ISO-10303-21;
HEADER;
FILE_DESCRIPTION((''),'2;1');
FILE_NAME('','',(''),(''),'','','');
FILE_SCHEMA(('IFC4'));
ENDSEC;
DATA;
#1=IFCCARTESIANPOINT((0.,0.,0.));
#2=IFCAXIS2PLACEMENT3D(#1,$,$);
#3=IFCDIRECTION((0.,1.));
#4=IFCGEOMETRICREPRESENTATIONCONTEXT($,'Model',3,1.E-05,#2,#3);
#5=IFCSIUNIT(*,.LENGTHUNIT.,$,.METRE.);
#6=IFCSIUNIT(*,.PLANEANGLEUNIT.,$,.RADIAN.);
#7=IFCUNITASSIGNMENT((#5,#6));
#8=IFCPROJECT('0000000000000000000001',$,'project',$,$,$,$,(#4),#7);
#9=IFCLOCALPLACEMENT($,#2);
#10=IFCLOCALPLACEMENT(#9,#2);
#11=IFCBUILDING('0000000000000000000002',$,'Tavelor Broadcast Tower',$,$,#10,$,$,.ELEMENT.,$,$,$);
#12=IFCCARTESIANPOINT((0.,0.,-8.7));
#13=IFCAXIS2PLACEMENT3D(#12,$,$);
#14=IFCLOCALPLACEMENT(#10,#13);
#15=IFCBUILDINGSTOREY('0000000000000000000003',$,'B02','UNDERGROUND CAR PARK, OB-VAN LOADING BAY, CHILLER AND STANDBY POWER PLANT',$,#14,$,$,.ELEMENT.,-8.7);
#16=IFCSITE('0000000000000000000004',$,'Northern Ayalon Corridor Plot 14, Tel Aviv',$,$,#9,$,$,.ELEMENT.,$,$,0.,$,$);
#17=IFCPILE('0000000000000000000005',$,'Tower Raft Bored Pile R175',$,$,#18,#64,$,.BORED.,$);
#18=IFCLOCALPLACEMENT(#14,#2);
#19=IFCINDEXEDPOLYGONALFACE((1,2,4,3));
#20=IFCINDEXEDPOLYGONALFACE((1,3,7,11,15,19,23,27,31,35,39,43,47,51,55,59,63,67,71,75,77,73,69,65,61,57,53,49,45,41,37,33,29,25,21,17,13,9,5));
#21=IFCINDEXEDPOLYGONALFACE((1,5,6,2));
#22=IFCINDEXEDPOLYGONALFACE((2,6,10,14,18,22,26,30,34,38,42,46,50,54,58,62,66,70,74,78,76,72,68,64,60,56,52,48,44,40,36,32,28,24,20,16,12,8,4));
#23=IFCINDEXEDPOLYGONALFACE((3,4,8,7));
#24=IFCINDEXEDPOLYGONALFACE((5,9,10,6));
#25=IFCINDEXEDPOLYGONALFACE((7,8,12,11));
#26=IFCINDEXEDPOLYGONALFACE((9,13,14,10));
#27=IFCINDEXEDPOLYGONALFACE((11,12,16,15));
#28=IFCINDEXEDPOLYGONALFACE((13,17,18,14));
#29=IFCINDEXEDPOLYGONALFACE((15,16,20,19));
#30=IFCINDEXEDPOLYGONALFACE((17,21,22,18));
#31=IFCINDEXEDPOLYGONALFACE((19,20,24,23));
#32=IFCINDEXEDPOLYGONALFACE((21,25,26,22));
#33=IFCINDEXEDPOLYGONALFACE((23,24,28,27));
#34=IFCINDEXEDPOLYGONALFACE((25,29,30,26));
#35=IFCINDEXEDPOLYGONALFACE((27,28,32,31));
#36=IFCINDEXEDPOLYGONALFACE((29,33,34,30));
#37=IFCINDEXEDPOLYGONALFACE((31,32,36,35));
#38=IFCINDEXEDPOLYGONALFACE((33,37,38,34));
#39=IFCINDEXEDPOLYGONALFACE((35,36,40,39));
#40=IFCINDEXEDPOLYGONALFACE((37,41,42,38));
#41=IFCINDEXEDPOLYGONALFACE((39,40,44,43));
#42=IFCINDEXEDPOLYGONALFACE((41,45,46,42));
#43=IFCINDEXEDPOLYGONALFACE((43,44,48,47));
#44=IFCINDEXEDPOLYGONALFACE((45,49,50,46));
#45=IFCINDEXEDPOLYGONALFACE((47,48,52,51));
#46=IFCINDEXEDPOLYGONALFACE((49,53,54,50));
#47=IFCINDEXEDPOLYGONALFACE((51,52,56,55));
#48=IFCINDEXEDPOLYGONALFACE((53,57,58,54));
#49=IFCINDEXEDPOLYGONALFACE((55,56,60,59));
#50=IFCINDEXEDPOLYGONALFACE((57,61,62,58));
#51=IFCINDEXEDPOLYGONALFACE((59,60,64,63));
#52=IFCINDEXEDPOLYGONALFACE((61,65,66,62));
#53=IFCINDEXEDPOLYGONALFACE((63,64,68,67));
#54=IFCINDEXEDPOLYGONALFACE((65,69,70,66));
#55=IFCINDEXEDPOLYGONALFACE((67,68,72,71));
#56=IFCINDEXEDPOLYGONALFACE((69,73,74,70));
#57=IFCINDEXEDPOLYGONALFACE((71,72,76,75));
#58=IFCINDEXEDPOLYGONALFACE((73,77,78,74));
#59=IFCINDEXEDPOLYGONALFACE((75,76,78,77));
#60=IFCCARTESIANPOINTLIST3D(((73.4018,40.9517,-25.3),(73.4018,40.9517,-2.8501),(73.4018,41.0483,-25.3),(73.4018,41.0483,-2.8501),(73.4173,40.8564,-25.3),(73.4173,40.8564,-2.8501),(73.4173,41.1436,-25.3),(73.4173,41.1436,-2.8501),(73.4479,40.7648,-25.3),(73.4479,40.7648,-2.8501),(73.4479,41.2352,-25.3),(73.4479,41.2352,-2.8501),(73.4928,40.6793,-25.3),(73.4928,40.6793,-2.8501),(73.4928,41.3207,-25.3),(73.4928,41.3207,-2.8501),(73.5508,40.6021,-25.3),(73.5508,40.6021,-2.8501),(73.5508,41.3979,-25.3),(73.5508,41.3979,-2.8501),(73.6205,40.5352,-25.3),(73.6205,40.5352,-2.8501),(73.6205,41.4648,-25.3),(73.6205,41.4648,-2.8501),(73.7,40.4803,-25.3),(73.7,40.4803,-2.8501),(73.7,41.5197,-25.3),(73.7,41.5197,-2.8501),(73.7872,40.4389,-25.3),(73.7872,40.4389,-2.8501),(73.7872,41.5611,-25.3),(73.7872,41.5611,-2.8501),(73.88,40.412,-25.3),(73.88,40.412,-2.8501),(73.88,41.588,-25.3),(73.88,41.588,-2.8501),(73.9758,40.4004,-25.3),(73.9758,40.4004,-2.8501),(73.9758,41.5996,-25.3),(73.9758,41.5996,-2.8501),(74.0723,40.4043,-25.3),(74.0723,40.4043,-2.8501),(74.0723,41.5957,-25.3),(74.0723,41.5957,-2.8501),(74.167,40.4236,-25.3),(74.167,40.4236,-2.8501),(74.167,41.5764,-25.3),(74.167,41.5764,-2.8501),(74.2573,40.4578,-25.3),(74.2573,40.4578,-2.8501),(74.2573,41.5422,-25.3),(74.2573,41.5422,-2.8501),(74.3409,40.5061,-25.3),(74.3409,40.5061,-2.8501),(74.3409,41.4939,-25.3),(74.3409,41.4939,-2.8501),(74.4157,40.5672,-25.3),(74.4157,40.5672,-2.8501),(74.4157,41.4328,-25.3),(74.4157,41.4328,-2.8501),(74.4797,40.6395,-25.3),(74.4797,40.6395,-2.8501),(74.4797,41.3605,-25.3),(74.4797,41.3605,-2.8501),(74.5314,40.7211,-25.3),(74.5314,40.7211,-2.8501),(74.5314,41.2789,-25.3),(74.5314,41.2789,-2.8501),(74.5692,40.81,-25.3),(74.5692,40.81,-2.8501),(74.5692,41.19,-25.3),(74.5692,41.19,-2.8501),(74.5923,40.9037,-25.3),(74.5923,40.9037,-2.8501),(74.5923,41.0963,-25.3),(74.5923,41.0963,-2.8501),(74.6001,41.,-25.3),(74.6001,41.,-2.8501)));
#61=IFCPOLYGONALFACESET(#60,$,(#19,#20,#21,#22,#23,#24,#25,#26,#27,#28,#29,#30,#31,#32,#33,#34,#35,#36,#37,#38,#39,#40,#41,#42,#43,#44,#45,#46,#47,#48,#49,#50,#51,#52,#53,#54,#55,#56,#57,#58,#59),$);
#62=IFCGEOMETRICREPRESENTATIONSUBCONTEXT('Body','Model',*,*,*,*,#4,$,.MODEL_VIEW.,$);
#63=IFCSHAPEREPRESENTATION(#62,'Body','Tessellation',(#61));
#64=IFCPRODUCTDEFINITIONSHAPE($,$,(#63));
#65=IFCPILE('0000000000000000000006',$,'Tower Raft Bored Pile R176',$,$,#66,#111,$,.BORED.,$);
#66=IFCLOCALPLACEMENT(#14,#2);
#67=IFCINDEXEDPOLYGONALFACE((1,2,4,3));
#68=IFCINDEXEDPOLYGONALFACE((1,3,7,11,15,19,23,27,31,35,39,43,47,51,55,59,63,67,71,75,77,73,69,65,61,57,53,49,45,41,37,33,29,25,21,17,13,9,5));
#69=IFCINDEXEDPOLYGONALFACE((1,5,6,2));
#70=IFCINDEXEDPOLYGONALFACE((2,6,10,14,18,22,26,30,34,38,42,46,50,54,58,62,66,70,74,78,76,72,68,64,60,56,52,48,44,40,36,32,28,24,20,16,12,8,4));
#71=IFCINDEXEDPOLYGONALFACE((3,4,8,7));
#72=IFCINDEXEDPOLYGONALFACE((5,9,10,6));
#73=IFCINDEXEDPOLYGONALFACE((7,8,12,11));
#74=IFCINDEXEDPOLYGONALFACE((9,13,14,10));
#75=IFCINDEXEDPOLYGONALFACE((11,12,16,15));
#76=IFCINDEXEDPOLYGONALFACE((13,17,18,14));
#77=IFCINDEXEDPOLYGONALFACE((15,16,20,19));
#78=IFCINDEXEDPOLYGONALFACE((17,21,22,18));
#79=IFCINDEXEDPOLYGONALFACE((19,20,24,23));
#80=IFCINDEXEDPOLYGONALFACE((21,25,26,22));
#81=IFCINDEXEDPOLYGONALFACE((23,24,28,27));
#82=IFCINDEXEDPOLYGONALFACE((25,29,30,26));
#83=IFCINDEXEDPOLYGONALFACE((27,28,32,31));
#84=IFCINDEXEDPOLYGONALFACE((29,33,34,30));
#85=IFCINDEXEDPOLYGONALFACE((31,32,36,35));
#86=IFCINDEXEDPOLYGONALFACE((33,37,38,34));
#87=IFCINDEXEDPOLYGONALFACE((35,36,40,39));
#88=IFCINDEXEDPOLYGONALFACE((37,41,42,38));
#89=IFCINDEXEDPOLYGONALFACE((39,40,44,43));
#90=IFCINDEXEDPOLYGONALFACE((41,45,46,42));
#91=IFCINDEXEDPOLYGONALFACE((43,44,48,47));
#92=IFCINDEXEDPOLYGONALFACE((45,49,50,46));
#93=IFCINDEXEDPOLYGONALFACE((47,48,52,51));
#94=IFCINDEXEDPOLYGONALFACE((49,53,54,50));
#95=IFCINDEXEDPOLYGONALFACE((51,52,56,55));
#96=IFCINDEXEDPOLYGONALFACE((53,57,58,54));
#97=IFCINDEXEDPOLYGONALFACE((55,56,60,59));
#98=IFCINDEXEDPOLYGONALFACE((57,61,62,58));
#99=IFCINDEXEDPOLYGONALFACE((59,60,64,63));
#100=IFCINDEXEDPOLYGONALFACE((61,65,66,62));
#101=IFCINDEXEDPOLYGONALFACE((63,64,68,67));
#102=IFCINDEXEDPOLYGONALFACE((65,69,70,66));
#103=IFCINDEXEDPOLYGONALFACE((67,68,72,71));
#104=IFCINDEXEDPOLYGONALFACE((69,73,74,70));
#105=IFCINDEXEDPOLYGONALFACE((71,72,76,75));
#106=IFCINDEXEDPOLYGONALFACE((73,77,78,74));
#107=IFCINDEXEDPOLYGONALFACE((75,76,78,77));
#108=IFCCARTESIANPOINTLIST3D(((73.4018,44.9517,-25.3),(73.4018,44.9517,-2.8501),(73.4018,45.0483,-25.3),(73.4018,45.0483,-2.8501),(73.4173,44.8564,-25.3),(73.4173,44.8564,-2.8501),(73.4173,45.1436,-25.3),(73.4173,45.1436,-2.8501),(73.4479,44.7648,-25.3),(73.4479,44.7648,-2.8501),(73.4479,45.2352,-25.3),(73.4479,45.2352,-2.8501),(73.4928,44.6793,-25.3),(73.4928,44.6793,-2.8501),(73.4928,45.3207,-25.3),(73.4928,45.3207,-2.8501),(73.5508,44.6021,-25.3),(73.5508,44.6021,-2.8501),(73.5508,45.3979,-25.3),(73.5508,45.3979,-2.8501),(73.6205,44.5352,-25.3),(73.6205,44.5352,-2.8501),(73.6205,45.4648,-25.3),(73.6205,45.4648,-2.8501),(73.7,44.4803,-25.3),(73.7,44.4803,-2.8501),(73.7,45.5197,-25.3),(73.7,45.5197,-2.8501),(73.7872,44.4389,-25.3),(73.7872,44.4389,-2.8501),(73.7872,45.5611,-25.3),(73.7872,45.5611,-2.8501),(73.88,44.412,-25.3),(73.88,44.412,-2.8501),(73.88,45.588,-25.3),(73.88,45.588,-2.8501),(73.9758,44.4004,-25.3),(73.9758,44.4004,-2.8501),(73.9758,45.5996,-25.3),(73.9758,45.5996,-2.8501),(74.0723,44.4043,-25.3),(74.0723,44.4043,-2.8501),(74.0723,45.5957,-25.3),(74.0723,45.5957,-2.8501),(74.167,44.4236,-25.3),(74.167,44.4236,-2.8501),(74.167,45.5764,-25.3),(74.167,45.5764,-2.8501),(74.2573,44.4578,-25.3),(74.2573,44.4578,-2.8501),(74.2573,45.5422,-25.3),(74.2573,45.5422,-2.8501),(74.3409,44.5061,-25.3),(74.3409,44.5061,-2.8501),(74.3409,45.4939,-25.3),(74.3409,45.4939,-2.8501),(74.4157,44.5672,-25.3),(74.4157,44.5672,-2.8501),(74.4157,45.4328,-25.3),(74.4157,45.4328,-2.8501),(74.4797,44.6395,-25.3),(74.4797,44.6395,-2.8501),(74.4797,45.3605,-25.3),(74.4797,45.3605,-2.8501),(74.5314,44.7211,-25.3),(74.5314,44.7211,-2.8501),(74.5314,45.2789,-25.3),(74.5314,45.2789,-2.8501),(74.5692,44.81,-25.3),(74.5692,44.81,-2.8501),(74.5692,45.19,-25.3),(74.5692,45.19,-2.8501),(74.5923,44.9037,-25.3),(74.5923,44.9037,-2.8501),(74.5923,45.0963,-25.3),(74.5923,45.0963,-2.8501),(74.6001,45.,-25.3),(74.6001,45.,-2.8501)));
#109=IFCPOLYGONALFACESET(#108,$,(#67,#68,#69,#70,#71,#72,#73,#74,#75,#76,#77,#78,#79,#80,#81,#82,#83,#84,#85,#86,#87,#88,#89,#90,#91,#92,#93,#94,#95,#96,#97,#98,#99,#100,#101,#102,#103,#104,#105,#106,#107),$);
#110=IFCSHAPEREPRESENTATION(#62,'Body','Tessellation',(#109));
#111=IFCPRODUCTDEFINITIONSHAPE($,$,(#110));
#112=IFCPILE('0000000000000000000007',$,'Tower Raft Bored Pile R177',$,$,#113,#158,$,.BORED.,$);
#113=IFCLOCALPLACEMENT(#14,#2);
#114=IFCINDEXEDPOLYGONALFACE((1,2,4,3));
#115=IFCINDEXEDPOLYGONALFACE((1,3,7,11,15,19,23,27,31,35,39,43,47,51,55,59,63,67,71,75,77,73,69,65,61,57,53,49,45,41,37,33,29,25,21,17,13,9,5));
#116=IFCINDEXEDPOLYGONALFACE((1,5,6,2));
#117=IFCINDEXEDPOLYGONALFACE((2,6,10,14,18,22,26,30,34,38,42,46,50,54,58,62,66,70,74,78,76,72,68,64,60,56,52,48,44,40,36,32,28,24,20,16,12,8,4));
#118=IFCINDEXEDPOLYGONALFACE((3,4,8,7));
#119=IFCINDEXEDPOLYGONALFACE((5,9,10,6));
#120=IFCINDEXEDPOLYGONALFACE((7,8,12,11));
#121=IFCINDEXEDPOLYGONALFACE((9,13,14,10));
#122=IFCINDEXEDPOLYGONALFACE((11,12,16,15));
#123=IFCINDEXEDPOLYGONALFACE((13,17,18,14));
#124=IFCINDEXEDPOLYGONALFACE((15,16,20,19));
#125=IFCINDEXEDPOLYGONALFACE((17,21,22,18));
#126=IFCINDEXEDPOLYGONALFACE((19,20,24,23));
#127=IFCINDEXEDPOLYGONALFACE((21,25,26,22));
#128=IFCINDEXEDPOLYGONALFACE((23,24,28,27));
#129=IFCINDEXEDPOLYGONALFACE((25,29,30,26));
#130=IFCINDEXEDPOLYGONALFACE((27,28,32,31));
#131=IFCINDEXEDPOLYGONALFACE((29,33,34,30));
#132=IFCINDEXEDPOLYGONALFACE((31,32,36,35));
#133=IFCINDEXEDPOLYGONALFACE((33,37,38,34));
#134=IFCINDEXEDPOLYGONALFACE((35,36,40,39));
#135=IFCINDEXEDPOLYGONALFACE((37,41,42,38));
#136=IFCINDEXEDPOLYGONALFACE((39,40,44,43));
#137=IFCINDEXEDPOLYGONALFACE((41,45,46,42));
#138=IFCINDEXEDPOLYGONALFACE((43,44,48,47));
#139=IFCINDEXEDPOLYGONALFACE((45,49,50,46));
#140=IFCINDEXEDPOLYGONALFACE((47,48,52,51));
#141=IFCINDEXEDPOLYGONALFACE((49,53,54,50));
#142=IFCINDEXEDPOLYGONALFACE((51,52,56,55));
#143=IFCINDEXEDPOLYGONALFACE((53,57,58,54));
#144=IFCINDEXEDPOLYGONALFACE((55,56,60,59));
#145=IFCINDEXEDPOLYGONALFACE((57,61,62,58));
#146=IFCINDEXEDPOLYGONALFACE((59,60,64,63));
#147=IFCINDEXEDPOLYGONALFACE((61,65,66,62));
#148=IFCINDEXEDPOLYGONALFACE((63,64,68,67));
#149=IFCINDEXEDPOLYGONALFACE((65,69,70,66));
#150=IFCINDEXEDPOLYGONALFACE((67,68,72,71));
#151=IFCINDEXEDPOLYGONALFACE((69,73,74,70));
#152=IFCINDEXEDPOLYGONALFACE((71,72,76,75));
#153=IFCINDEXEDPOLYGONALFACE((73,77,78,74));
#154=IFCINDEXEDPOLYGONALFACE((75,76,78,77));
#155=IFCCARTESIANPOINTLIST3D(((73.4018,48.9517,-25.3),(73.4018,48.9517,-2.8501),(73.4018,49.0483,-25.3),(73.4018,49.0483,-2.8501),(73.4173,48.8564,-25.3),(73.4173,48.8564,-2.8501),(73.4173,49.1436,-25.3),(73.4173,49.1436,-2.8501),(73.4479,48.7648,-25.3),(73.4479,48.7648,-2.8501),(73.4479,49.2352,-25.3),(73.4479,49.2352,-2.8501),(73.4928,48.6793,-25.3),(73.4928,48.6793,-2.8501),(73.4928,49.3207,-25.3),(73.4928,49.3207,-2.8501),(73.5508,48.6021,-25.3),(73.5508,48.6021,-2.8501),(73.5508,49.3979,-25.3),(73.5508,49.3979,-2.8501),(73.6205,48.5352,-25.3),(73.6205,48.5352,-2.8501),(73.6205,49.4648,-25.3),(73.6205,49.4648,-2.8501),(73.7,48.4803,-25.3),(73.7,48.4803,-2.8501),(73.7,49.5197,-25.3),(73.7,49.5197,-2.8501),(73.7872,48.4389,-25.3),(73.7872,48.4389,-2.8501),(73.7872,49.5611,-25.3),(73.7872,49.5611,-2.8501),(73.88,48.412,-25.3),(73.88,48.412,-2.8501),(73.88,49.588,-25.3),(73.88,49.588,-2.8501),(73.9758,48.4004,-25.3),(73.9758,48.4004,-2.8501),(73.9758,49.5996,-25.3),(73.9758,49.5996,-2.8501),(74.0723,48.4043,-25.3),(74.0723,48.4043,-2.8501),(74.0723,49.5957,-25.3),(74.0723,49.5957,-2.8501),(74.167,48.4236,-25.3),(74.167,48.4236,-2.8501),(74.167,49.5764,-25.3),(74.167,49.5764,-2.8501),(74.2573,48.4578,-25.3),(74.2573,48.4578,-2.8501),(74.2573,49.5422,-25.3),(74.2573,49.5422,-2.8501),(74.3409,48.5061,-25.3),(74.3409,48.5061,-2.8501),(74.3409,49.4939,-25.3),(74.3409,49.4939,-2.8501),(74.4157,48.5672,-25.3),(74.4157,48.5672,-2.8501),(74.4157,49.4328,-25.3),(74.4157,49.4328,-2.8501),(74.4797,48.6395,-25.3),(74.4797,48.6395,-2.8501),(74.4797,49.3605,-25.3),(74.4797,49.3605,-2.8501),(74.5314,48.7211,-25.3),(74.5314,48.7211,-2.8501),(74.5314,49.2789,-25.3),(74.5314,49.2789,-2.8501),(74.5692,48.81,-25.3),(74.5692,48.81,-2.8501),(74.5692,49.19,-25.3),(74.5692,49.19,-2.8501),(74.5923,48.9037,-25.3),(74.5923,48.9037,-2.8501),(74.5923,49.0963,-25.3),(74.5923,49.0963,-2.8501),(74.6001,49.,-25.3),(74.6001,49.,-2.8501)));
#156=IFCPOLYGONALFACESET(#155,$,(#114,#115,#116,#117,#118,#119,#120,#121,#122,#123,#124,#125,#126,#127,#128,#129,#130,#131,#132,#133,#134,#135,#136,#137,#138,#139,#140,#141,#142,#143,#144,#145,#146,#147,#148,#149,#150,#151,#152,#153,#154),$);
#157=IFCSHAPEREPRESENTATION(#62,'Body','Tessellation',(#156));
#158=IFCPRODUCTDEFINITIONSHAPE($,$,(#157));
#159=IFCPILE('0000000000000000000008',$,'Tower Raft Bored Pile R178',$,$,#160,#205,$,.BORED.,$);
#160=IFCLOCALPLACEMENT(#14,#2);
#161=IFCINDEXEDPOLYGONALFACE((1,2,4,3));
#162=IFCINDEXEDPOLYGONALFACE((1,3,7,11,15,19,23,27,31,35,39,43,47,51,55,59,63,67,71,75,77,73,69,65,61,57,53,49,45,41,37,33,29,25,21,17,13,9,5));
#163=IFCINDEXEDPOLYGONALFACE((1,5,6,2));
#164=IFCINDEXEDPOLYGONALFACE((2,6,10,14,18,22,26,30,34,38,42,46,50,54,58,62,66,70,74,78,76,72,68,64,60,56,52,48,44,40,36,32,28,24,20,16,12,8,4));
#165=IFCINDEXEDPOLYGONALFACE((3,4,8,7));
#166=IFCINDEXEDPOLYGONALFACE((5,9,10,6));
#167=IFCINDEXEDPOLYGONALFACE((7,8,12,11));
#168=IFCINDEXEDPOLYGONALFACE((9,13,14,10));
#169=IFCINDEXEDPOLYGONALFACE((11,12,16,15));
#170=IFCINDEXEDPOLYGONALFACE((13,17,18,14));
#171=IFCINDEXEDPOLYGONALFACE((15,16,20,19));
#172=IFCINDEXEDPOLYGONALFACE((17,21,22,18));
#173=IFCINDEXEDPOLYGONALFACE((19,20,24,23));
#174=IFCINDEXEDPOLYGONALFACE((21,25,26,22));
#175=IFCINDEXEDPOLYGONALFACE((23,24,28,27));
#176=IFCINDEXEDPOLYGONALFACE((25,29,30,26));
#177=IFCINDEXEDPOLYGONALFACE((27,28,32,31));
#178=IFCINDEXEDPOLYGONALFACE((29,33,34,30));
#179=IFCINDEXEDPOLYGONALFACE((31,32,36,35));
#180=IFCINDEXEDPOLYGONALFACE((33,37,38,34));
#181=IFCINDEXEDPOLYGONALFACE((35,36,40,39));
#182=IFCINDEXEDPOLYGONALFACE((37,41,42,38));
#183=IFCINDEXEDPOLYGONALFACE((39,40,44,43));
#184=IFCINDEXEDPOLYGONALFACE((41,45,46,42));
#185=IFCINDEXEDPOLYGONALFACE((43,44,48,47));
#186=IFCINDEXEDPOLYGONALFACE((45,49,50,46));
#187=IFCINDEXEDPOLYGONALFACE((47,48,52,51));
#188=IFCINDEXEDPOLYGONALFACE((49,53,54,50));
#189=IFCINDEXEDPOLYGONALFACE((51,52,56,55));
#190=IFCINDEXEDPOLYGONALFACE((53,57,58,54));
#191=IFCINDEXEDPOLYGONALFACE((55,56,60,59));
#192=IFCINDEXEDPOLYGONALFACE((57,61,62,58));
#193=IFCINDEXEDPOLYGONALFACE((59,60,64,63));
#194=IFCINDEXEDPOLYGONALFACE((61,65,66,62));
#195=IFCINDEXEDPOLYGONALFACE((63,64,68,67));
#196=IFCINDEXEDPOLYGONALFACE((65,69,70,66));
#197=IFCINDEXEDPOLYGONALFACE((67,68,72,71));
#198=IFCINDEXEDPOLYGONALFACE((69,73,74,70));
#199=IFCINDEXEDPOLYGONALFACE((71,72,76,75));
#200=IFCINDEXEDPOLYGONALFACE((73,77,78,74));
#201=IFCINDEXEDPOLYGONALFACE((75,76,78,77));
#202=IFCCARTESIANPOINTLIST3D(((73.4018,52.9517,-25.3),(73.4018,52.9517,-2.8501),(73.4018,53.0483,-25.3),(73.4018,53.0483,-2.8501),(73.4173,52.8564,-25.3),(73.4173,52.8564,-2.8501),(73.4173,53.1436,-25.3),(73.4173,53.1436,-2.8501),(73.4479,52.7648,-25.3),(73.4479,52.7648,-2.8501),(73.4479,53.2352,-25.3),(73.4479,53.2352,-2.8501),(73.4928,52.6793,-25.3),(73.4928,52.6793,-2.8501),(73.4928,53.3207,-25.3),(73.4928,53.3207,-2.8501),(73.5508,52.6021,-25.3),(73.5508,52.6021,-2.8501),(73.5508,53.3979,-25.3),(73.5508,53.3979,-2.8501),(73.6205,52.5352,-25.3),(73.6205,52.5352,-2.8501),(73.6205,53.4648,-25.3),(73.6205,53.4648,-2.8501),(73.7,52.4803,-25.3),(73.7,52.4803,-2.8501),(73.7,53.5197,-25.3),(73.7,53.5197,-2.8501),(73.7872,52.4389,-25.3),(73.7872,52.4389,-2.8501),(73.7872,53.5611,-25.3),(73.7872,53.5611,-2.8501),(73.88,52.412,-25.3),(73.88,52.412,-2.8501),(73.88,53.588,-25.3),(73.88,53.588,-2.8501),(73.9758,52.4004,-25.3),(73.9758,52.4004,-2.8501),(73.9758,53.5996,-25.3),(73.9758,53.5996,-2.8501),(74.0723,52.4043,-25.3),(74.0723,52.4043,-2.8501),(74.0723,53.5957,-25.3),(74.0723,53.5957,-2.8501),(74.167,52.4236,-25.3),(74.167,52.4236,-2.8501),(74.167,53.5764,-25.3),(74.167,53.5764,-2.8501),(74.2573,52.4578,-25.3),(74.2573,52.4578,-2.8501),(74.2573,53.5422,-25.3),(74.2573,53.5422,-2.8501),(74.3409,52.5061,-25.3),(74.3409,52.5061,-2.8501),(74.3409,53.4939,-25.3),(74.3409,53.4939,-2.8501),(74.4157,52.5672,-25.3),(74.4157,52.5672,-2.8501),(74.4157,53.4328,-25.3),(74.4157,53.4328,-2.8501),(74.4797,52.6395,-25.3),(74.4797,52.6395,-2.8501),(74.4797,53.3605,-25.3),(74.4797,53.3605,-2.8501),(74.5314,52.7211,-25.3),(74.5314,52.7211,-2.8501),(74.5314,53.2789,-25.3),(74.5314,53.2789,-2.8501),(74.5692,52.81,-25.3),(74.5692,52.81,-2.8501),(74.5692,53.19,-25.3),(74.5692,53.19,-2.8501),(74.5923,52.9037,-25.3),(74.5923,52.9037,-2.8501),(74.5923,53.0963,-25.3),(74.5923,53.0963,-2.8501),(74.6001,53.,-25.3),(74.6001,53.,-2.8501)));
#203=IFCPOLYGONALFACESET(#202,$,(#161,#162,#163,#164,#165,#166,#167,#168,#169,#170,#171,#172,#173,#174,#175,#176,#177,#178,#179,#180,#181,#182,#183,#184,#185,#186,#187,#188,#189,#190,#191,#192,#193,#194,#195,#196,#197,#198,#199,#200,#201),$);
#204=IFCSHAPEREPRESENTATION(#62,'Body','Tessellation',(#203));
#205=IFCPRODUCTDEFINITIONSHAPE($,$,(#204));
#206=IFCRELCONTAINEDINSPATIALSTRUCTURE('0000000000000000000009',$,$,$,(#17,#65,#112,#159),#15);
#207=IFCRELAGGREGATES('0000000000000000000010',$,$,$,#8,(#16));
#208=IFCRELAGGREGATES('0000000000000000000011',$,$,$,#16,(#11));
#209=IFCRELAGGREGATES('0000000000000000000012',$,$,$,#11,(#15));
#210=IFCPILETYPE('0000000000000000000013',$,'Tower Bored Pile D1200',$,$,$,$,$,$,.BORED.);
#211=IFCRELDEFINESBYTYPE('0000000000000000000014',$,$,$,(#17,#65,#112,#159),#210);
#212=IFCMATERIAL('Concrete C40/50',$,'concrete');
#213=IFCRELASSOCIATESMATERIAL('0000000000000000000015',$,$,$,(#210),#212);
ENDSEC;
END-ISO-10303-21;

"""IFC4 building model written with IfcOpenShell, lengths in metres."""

from ifc_helpers import new_model, si_unit, direction, frame, origin, origin_2d, place, context, subcontext, project, spatial, circle, extrude, material, material_profile, profile_set, type_object, element, save


model = new_model("IFC4")

# Units and contexts
model_context = context("Model", 3, precision=1e-05, world=origin(), true_north=direction((0.0, 1.0)))
body_context = subcontext(model_context, "Body", "Model", "MODEL_VIEW")
ifc_project = project(units=[si_unit("LENGTHUNIT", "METRE"), si_unit("PLANEANGLEUNIT", "RADIAN")], contexts=[model_context])

# Site, building, storey
site_placement = place(None, origin())
site = spatial("IfcSite", under=ifc_project, at=site_placement, Name="Northern Ayalon Corridor Plot 14, Tel Aviv", CompositionType="ELEMENT", RefElevation=0.0)
building_placement = place(site_placement, origin())
building = spatial("IfcBuilding", under=site, at=building_placement, Name="Tavelor Broadcast Tower", CompositionType="ELEMENT")
storey_placement = place(building_placement, frame((0.0, 0.0, -8.7)))
storey = spatial("IfcBuildingStorey", under=building, at=storey_placement, Name="B02", Description="UNDERGROUND CAR PARK, OB-VAN LOADING BAY, CHILLER AND STANDBY POWER PLANT", CompositionType="ELEMENT", Elevation=-8.7)

# Piles
ifc_material_1 = material(Name="Concrete C40/50", Category="concrete")
ifc_material_profile_1 = material_profile(ifc_material_1, circle(Radius=0.6001, at=origin_2d()), Name="PILE D1200")
ifc_profile_set_1 = profile_set([ifc_material_profile_1], Name="Concrete C40/50")
pile_type = type_object("IfcPileType", Name="Tower Bored Pile D1200", PredefinedType="BORED", material=ifc_profile_set_1)
for number, where, z_axis, x_axis, name in (
    (1, (74.0, 41.0, -2.8501), (0.0, 0.0, -1.0), (1.0, 0.0, 0.0), "Tower Raft Bored Pile R175"),
    (2, (74.0, 45.0, -2.8501), (0.0, 0.0, -1.0), (1.0, 0.0, 0.0), "Tower Raft Bored Pile R176"),
    (3, (74.0, 49.0, -2.8501), (0.0, 0.0, -1.0), (1.0, 0.0, 0.0), "Tower Raft Bored Pile R177"),
    (4, (74.0, 53.0, -2.8501), (0.0, 0.0, -1.0), (1.0, 0.0, 0.0), "Tower Raft Bored Pile R178"),
):
    element("IfcPile", number, at=place(storey_placement, frame(where, z_axis=z_axis, x_axis=x_axis)), inside=storey, type_object=pile_type, Name=name, PredefinedType="BORED", context=body_context, shape_type="SweptSolid", body=[
        extrude(circle(Radius=0.6001, at=origin_2d()), origin(), (0.0, 0.0, 1.0), 22.45),
    ])

save(model, "model.ifc")
